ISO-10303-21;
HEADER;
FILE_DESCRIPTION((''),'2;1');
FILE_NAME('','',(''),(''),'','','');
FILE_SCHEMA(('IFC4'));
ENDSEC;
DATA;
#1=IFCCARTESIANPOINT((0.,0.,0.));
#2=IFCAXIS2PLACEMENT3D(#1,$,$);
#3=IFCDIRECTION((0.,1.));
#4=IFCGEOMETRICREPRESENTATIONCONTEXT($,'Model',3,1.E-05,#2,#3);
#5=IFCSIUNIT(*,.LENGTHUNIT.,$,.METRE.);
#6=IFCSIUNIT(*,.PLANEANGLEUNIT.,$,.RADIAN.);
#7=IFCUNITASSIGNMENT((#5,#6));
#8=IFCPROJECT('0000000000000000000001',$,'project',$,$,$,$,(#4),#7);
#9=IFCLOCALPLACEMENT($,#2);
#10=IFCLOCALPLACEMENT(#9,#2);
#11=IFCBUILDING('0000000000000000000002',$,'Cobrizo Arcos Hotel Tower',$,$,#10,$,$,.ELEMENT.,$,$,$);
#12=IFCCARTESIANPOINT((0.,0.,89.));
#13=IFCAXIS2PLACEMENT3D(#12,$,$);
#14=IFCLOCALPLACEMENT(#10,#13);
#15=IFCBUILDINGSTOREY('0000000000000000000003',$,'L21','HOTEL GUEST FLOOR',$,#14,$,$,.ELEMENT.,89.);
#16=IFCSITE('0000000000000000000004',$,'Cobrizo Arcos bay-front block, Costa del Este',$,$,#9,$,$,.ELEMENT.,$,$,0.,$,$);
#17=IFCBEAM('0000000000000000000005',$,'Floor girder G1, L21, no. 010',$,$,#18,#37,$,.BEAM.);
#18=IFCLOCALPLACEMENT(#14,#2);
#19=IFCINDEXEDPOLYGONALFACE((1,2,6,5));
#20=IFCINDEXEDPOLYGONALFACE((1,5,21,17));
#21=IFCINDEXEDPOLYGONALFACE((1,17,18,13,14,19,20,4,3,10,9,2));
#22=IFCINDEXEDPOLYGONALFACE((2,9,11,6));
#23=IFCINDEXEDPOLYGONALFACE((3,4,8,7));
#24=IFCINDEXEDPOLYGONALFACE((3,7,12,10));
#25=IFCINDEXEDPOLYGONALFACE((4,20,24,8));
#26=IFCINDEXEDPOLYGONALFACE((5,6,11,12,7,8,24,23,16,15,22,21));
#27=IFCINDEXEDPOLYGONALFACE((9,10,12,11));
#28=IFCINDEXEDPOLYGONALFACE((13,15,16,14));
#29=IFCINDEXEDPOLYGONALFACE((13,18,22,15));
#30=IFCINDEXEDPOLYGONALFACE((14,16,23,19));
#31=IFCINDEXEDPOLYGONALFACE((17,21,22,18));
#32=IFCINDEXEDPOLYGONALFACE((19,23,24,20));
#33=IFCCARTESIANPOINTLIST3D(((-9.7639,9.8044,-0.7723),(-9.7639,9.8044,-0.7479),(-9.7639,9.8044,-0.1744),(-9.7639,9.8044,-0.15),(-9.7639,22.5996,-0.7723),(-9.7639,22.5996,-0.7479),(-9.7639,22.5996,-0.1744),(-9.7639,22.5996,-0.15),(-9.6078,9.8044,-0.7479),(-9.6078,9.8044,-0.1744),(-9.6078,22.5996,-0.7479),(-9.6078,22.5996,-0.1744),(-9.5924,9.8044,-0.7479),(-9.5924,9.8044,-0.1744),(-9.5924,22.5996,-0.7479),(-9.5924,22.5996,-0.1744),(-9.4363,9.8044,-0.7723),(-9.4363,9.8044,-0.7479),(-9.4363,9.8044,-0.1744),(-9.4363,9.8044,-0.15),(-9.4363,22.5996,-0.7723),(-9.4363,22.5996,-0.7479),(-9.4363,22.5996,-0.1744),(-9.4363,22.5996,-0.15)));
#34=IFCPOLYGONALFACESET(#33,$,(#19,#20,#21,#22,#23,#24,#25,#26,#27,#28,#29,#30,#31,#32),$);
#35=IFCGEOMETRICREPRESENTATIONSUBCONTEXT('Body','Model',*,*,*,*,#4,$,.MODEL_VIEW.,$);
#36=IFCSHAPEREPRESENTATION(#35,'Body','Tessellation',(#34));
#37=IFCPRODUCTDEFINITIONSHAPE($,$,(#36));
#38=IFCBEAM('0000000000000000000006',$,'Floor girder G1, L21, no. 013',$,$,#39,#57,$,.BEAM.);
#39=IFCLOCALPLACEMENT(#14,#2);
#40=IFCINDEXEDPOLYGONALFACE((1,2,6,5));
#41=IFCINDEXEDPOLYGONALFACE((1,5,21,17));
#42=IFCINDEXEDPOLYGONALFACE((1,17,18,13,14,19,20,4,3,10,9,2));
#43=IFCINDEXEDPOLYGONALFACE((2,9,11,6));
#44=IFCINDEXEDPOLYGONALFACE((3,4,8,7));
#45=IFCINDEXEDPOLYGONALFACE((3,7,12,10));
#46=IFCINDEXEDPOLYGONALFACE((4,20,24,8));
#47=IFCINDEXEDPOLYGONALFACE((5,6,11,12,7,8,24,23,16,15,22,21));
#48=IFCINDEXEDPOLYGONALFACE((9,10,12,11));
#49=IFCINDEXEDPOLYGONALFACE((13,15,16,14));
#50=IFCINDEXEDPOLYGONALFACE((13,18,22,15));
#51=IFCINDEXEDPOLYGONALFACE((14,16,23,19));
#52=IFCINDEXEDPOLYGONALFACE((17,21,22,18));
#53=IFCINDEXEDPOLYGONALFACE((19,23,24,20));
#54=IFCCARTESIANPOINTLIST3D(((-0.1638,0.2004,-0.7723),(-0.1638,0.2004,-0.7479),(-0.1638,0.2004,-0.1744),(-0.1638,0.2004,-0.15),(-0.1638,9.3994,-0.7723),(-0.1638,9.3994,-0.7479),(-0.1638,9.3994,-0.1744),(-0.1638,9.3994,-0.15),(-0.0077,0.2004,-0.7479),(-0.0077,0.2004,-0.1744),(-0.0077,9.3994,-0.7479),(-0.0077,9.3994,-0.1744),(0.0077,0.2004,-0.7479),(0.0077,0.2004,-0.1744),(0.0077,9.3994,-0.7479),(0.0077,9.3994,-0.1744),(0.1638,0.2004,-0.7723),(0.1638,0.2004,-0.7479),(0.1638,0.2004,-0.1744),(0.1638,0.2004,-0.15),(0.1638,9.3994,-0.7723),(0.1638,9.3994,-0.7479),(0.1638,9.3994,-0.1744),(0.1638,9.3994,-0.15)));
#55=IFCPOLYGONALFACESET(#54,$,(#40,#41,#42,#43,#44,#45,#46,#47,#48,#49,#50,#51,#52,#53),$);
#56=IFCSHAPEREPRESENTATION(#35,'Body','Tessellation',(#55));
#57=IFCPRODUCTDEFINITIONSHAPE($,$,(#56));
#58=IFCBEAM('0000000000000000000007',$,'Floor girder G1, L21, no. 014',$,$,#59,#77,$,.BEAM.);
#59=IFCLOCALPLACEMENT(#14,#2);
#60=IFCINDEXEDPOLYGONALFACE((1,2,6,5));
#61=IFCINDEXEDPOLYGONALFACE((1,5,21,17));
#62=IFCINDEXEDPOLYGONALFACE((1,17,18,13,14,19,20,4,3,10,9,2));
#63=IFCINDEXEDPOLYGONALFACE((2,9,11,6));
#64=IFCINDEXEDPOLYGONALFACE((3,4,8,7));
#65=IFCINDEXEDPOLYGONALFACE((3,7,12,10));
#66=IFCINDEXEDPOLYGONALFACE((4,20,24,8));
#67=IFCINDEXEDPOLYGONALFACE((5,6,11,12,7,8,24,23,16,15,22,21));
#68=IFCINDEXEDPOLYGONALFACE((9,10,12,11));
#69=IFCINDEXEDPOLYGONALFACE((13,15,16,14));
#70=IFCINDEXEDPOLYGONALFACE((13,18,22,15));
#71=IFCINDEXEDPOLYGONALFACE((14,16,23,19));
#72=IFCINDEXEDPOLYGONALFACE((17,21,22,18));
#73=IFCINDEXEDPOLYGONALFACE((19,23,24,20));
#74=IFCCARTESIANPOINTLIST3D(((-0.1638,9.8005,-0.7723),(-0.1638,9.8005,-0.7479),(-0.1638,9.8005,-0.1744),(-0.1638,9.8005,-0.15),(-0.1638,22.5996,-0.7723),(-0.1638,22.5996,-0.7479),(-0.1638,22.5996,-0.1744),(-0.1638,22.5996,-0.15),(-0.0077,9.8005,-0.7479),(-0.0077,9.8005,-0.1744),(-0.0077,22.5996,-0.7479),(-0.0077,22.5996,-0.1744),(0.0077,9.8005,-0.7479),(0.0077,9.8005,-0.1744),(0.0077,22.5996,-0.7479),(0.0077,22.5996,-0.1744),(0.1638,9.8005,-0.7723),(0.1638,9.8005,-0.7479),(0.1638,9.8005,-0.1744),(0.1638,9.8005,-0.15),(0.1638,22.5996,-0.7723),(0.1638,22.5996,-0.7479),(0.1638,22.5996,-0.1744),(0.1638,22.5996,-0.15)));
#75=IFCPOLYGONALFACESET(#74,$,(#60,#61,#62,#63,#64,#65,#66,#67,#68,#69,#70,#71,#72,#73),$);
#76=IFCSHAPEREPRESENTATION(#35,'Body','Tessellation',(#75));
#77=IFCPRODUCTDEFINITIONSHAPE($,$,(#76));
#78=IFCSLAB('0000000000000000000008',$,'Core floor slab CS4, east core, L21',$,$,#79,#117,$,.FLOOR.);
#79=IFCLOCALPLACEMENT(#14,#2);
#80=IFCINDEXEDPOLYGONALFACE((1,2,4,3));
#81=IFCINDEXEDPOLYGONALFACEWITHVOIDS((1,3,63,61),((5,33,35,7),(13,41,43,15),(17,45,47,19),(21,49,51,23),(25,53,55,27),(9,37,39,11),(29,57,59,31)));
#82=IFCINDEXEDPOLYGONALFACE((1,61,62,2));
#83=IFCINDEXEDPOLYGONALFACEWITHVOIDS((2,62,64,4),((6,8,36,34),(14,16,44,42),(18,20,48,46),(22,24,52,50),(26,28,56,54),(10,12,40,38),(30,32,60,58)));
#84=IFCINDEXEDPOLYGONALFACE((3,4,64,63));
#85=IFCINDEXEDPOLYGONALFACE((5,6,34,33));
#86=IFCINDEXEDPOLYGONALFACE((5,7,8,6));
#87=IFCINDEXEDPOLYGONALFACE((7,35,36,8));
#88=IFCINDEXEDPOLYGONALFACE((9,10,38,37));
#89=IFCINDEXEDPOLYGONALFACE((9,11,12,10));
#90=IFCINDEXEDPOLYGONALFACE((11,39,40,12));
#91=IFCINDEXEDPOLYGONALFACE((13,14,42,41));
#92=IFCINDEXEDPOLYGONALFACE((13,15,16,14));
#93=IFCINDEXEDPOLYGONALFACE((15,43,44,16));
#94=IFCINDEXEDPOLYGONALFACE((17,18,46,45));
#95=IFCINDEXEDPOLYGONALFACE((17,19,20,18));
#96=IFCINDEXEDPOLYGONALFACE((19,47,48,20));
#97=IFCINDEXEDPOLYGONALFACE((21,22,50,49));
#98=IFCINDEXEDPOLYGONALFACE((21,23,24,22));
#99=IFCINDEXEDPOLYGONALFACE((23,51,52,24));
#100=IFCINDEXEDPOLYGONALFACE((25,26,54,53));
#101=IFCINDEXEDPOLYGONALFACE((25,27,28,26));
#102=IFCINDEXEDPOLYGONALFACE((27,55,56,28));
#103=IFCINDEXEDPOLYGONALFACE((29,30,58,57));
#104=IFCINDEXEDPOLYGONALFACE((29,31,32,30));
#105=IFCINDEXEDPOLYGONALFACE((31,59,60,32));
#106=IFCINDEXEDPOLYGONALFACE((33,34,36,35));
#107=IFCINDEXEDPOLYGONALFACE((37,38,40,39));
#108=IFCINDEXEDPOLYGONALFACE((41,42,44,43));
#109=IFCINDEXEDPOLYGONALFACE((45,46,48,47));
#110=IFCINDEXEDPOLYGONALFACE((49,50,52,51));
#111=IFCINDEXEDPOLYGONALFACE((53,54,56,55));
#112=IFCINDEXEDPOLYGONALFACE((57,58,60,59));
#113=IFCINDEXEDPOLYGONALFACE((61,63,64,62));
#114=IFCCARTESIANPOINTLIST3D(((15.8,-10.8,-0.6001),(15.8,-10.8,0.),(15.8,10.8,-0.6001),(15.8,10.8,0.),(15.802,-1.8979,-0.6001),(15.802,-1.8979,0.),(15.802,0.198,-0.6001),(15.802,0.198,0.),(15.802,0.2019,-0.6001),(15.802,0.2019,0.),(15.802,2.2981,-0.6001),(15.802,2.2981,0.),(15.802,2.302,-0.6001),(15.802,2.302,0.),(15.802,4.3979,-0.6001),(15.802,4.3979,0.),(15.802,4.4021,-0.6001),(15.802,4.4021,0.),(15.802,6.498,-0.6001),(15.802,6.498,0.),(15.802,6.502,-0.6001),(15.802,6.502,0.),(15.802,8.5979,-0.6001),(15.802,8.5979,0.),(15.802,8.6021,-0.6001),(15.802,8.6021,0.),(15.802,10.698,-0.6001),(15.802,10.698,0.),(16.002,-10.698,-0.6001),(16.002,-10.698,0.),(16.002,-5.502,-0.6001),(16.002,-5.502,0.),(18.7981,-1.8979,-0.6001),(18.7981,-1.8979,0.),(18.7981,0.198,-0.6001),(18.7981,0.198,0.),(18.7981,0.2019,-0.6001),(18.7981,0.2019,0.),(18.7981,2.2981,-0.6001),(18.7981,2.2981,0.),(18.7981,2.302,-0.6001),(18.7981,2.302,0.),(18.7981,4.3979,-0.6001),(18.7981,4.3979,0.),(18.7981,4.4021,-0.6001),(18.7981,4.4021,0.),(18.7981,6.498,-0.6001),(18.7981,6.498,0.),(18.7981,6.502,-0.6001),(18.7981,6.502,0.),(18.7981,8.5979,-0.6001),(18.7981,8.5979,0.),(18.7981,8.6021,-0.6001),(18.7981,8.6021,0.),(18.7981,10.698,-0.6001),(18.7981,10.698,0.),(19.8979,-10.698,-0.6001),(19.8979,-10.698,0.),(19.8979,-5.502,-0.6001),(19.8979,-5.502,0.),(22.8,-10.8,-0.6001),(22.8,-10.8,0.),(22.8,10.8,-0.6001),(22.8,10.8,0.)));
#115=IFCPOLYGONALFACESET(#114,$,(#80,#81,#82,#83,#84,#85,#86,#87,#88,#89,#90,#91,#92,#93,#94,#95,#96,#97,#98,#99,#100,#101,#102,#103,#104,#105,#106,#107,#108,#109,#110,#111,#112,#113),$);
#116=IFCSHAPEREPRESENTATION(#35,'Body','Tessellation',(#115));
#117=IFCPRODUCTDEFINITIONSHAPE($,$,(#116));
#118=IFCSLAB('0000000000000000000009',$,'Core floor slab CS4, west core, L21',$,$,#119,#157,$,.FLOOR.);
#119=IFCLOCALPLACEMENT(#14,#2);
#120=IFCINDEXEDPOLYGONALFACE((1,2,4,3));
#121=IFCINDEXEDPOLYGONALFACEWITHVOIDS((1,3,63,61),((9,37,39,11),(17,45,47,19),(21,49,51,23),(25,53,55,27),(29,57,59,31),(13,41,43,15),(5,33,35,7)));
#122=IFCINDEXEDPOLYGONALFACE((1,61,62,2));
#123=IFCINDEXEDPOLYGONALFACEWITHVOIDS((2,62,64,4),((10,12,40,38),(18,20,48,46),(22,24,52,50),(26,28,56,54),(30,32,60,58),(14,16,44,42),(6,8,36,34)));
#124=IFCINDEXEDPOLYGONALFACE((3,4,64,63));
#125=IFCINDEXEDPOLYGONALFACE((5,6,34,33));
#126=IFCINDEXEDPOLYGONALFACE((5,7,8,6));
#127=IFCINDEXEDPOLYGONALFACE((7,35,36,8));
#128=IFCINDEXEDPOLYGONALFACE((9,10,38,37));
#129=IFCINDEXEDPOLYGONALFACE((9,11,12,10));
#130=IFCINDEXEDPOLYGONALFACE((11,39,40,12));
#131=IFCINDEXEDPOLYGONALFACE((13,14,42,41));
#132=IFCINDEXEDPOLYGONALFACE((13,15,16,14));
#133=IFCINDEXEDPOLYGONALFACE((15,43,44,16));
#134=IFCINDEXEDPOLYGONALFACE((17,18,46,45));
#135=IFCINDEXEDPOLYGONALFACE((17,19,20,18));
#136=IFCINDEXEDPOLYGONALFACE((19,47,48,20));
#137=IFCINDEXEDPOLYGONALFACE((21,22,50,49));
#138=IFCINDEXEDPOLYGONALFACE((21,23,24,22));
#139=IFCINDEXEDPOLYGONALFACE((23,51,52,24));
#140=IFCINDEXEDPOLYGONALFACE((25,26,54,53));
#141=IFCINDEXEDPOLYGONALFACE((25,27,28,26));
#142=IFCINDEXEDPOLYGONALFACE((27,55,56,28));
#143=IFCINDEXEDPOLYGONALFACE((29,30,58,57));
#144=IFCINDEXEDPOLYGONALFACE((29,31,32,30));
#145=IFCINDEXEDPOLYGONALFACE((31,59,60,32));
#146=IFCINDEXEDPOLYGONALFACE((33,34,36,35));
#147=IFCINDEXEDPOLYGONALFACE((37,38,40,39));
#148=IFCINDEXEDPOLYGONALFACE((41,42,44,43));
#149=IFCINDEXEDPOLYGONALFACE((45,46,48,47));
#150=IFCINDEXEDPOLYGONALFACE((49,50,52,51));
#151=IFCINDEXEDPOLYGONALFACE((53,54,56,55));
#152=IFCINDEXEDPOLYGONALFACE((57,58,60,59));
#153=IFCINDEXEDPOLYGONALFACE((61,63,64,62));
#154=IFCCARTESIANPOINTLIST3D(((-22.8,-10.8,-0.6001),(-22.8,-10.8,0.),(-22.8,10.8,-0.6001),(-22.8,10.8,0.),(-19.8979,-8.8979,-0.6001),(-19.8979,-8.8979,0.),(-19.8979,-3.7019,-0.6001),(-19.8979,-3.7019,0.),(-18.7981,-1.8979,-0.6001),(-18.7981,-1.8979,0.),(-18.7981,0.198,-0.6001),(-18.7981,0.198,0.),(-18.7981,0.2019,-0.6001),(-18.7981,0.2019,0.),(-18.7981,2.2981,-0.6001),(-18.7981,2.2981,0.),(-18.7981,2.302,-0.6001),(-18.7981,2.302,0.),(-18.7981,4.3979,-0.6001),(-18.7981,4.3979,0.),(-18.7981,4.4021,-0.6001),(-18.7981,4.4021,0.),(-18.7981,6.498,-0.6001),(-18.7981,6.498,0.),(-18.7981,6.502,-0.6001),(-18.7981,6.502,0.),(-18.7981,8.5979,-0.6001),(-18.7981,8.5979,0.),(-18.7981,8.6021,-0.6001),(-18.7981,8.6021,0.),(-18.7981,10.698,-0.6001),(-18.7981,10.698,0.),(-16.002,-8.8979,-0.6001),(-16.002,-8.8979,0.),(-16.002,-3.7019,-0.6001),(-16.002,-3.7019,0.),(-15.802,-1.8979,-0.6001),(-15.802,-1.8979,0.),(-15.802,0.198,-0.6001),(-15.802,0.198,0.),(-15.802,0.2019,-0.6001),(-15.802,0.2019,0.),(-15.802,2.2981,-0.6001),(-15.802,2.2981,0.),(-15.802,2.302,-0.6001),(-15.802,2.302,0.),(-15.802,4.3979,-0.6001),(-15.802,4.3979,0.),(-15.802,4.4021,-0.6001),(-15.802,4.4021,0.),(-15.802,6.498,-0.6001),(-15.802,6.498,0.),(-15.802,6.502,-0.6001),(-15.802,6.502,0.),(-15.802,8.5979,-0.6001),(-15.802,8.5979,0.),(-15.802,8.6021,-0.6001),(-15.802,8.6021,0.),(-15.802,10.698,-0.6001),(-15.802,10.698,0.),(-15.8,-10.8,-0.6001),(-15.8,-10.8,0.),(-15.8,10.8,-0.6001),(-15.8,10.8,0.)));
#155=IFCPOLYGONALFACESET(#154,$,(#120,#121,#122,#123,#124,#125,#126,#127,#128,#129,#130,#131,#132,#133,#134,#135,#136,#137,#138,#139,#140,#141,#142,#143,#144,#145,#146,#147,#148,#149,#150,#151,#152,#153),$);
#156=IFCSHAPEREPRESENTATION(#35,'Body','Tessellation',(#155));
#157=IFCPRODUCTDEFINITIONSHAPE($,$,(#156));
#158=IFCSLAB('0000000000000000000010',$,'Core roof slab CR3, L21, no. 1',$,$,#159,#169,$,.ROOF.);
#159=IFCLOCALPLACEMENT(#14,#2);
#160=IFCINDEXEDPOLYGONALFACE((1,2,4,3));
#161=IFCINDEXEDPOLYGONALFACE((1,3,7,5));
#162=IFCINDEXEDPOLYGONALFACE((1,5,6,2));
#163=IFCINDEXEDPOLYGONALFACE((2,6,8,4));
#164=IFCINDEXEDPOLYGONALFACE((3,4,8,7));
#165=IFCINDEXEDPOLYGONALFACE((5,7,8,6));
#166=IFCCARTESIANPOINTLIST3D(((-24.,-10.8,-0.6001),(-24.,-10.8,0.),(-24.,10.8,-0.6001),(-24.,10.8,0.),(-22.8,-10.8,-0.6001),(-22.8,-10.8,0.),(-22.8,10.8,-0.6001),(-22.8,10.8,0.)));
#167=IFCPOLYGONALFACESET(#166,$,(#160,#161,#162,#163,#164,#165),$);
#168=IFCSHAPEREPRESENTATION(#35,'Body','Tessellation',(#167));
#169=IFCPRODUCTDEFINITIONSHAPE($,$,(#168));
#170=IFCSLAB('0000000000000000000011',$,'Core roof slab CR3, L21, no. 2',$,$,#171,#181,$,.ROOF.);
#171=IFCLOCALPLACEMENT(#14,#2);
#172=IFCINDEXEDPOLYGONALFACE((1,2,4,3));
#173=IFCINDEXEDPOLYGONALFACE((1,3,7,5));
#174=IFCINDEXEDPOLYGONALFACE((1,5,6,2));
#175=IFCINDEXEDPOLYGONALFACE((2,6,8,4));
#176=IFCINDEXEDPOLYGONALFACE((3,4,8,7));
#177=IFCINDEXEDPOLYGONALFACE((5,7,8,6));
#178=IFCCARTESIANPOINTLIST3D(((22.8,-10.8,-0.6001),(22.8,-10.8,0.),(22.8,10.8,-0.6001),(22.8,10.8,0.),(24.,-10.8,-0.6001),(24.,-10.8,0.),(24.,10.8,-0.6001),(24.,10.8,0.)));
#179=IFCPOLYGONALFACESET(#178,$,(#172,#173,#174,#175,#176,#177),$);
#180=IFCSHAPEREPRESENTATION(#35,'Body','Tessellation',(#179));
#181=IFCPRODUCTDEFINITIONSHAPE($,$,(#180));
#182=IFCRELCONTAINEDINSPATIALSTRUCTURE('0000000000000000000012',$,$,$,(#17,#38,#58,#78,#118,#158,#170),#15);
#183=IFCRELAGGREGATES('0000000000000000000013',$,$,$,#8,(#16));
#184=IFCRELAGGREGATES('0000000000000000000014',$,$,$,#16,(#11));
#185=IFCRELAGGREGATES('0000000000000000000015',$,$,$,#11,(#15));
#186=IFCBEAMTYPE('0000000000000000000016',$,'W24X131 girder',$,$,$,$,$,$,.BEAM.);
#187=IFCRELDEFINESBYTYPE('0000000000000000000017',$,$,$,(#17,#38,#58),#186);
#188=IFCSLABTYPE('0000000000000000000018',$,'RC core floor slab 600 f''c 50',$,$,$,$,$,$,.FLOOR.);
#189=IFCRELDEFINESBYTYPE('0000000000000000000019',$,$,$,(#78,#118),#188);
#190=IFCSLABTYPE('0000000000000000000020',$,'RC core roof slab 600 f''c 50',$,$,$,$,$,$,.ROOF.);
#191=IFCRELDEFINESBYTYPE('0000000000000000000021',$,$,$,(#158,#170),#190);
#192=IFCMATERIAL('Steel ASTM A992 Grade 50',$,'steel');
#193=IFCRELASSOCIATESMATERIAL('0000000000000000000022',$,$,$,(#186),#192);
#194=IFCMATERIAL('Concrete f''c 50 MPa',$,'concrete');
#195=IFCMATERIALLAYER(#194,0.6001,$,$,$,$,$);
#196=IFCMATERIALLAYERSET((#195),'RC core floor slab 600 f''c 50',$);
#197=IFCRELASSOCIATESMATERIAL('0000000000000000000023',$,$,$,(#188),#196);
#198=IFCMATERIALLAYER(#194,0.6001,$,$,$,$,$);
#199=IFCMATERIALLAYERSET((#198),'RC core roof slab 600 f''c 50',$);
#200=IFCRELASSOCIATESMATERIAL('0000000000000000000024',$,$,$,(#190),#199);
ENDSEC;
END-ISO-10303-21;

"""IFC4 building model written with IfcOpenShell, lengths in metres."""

from ifc_helpers import new_model, si_unit, direction, frame, origin, origin_2d, place, context, subcontext, project, spatial, polyline, i_section, outline, extrude, material, layer, layer_set, material_profile, profile_set, type_object, element, save


model = new_model("IFC4")

# Units and contexts
model_context = context("Model", 3, precision=1e-05, world=origin(), true_north=direction((0.0, 1.0)))
body_context = subcontext(model_context, "Body", "Model", "MODEL_VIEW")
ifc_project = project(units=[si_unit("LENGTHUNIT", "METRE"), si_unit("PLANEANGLEUNIT", "RADIAN")], contexts=[model_context])

# Site, building, storey
site_placement = place(None, origin())
site = spatial("IfcSite", under=ifc_project, at=site_placement, Name="Cobrizo Arcos bay-front block, Costa del Este", CompositionType="ELEMENT", RefElevation=0.0)
building_placement = place(site_placement, origin())
building = spatial("IfcBuilding", under=site, at=building_placement, Name="Cobrizo Arcos Hotel Tower", CompositionType="ELEMENT")
storey_placement = place(building_placement, frame((0.0, 0.0, 89.0)))
storey = spatial("IfcBuildingStorey", under=building, at=storey_placement, Name="L21", Description="HOTEL GUEST FLOOR", CompositionType="ELEMENT", Elevation=89.0)

# Shared definitions
ifc_material_1 = material(Name="Steel ASTM A992 Grade 50", Category="steel")

# Beams
ifc_material_profile_1 = material_profile(ifc_material_1, i_section(OverallWidth=0.3276, OverallDepth=0.6223, WebThickness=0.0154, FlangeThickness=0.0244, at=origin_2d()), Name="W24X131")
ifc_profile_set_1 = profile_set([ifc_material_profile_1], Name="Steel ASTM A992 Grade 50")
beam_type_1 = type_object("IfcBeamType", Name="W24X131 girder", PredefinedType="BEAM", material=ifc_profile_set_1)
beam_1_placement = place(storey_placement, frame((-9.6001, 9.8044, -0.4612), z_axis=(0.0, 1.0, 0.0), x_axis=(-1.0, 0.0, 0.0)))
element("IfcBeam", 1, at=beam_1_placement, inside=storey, type_object=beam_type_1, Name="Floor girder G1, L21, no. 010", PredefinedType="BEAM", context=body_context, shape_type="SweptSolid", body=[
    extrude(i_section(OverallWidth=0.3276, OverallDepth=0.6223, WebThickness=0.0154, FlangeThickness=0.0244, at=origin_2d()), origin(), (0.0, 0.0, 1.0), 12.7952),
])
beam_2_placement = place(storey_placement, frame((0.0, 0.2004, -0.4612), z_axis=(0.0, 1.0, 0.0), x_axis=(-1.0, 0.0, 0.0)))
element("IfcBeam", 2, at=beam_2_placement, inside=storey, type_object=beam_type_1, Name="Floor girder G1, L21, no. 013", PredefinedType="BEAM", context=body_context, shape_type="SweptSolid", body=[
    extrude(i_section(OverallWidth=0.3276, OverallDepth=0.6223, WebThickness=0.0154, FlangeThickness=0.0244, at=origin_2d()), origin(), (0.0, 0.0, 1.0), 9.199),
])
beam_3_placement = place(storey_placement, frame((0.0, 9.8005, -0.4612), z_axis=(0.0, 1.0, 0.0), x_axis=(-1.0, 0.0, 0.0)))
element("IfcBeam", 3, at=beam_3_placement, inside=storey, type_object=beam_type_1, Name="Floor girder G1, L21, no. 014", PredefinedType="BEAM", context=body_context, shape_type="SweptSolid", body=[
    extrude(i_section(OverallWidth=0.3276, OverallDepth=0.6223, WebThickness=0.0154, FlangeThickness=0.0244, at=origin_2d()), origin(), (0.0, 0.0, 1.0), 12.7991),
])

# Slabs
ifc_material_2 = material(Name="Concrete f'c 50 MPa", Category="concrete")
ifc_layer_1 = layer(ifc_material_2, 0.6001)
ifc_layer_set_1 = layer_set([ifc_layer_1], Name="RC core floor slab 600 f'c 50")
slab_type_1 = type_object("IfcSlabType", Name="RC core floor slab 600 f'c 50", PredefinedType="FLOOR", material=ifc_layer_set_1)
slab_1_placement = place(storey_placement, frame((0.0, 0.0, -0.6001)))
element("IfcSlab", 4, at=slab_1_placement, inside=storey, type_object=slab_type_1, Name="Core floor slab CS4, east core, L21", PredefinedType="FLOOR", context=body_context, shape_type="SweptSolid", body=[
    extrude(outline(polyline([(15.8, 10.8), (22.8, 10.8), (22.8, -10.8), (15.8, -10.8), (15.8, 10.8)]), holes=[polyline([(19.8979, -10.698), (19.8979, -5.502), (16.002, -5.502), (16.002, -10.698), (19.8979, -10.698)]), polyline([(15.802, 0.198), (15.802, -1.8979), (18.7981, -1.8979), (18.7981, 0.198), (15.802, 0.198)]), polyline([(18.7981, 2.2981), (15.802, 2.2981), (15.802, 0.2019), (18.7981, 0.2019), (18.7981, 2.2981)]), polyline([(18.7981, 4.3979), (15.802, 4.3979), (15.802, 2.302), (18.7981, 2.302), (18.7981, 4.3979)]), polyline([(15.802, 6.498), (15.802, 4.4021), (18.7981, 4.4021), (18.7981, 6.498), (15.802, 6.498)]), polyline([(18.7981, 8.5979), (15.802, 8.5979), (15.802, 6.502), (18.7981, 6.502), (18.7981, 8.5979)]), polyline([(18.7981, 10.698), (15.802, 10.698), (15.802, 8.6021), (18.7981, 8.6021), (18.7981, 10.698)])]), origin(), (0.0, 0.0, 1.0), 0.6001),
])
slab_2_placement = place(storey_placement, frame((0.0, 0.0, -0.6001)))
element("IfcSlab", 5, at=slab_2_placement, inside=storey, type_object=slab_type_1, Name="Core floor slab CS4, west core, L21", PredefinedType="FLOOR", context=body_context, shape_type="SweptSolid", body=[
    extrude(outline(polyline([(-22.8, 10.8), (-15.8, 10.8), (-15.8, -10.8), (-22.8, -10.8), (-22.8, 10.8)]), holes=[polyline([(-19.8979, -3.7019), (-19.8979, -8.8979), (-16.002, -8.8979), (-16.002, -3.7019), (-19.8979, -3.7019)]), polyline([(-18.7981, 0.198), (-18.7981, -1.8979), (-15.802, -1.8979), (-15.802, 0.198), (-18.7981, 0.198)]), polyline([(-15.802, 2.2981), (-18.7981, 2.2981), (-18.7981, 0.2019), (-15.802, 0.2019), (-15.802, 2.2981)]), polyline([(-15.802, 4.3979), (-18.7981, 4.3979), (-18.7981, 2.302), (-15.802, 2.302), (-15.802, 4.3979)]), polyline([(-18.7981, 6.498), (-18.7981, 4.4021), (-15.802, 4.4021), (-15.802, 6.498), (-18.7981, 6.498)]), polyline([(-15.802, 8.5979), (-18.7981, 8.5979), (-18.7981, 6.502), (-15.802, 6.502), (-15.802, 8.5979)]), polyline([(-15.802, 10.698), (-18.7981, 10.698), (-18.7981, 8.6021), (-15.802, 8.6021), (-15.802, 10.698)])]), origin(), (0.0, 0.0, 1.0), 0.6001),
])
ifc_layer_2 = layer(ifc_material_2, 0.6001)
ifc_layer_set_2 = layer_set([ifc_layer_2], Name="RC core roof slab 600 f'c 50")
slab_type_2 = type_object("IfcSlabType", Name="RC core roof slab 600 f'c 50", PredefinedType="ROOF", material=ifc_layer_set_2)
slab_3_placement = place(storey_placement, frame((0.0, 0.0, -0.6001)))
element("IfcSlab", 6, at=slab_3_placement, inside=storey, type_object=slab_type_2, Name="Core roof slab CR3, L21, no. 1", PredefinedType="ROOF", context=body_context, shape_type="SweptSolid", body=[
    extrude(outline(polyline([(-24.0, -10.8), (-24.0, 10.8), (-22.8, 10.8), (-22.8, -10.8), (-24.0, -10.8)])), origin(), (0.0, 0.0, 1.0), 0.6001),
])
slab_4_placement = place(storey_placement, frame((0.0, 0.0, -0.6001)))
element("IfcSlab", 7, at=slab_4_placement, inside=storey, type_object=slab_type_2, Name="Core roof slab CR3, L21, no. 2", PredefinedType="ROOF", context=body_context, shape_type="SweptSolid", body=[
    extrude(outline(polyline([(24.0, 10.8), (24.0, -10.8), (22.8, -10.8), (22.8, 10.8), (24.0, 10.8)])), origin(), (0.0, 0.0, 1.0), 0.6001),
])

save(model, "model.ifc")
